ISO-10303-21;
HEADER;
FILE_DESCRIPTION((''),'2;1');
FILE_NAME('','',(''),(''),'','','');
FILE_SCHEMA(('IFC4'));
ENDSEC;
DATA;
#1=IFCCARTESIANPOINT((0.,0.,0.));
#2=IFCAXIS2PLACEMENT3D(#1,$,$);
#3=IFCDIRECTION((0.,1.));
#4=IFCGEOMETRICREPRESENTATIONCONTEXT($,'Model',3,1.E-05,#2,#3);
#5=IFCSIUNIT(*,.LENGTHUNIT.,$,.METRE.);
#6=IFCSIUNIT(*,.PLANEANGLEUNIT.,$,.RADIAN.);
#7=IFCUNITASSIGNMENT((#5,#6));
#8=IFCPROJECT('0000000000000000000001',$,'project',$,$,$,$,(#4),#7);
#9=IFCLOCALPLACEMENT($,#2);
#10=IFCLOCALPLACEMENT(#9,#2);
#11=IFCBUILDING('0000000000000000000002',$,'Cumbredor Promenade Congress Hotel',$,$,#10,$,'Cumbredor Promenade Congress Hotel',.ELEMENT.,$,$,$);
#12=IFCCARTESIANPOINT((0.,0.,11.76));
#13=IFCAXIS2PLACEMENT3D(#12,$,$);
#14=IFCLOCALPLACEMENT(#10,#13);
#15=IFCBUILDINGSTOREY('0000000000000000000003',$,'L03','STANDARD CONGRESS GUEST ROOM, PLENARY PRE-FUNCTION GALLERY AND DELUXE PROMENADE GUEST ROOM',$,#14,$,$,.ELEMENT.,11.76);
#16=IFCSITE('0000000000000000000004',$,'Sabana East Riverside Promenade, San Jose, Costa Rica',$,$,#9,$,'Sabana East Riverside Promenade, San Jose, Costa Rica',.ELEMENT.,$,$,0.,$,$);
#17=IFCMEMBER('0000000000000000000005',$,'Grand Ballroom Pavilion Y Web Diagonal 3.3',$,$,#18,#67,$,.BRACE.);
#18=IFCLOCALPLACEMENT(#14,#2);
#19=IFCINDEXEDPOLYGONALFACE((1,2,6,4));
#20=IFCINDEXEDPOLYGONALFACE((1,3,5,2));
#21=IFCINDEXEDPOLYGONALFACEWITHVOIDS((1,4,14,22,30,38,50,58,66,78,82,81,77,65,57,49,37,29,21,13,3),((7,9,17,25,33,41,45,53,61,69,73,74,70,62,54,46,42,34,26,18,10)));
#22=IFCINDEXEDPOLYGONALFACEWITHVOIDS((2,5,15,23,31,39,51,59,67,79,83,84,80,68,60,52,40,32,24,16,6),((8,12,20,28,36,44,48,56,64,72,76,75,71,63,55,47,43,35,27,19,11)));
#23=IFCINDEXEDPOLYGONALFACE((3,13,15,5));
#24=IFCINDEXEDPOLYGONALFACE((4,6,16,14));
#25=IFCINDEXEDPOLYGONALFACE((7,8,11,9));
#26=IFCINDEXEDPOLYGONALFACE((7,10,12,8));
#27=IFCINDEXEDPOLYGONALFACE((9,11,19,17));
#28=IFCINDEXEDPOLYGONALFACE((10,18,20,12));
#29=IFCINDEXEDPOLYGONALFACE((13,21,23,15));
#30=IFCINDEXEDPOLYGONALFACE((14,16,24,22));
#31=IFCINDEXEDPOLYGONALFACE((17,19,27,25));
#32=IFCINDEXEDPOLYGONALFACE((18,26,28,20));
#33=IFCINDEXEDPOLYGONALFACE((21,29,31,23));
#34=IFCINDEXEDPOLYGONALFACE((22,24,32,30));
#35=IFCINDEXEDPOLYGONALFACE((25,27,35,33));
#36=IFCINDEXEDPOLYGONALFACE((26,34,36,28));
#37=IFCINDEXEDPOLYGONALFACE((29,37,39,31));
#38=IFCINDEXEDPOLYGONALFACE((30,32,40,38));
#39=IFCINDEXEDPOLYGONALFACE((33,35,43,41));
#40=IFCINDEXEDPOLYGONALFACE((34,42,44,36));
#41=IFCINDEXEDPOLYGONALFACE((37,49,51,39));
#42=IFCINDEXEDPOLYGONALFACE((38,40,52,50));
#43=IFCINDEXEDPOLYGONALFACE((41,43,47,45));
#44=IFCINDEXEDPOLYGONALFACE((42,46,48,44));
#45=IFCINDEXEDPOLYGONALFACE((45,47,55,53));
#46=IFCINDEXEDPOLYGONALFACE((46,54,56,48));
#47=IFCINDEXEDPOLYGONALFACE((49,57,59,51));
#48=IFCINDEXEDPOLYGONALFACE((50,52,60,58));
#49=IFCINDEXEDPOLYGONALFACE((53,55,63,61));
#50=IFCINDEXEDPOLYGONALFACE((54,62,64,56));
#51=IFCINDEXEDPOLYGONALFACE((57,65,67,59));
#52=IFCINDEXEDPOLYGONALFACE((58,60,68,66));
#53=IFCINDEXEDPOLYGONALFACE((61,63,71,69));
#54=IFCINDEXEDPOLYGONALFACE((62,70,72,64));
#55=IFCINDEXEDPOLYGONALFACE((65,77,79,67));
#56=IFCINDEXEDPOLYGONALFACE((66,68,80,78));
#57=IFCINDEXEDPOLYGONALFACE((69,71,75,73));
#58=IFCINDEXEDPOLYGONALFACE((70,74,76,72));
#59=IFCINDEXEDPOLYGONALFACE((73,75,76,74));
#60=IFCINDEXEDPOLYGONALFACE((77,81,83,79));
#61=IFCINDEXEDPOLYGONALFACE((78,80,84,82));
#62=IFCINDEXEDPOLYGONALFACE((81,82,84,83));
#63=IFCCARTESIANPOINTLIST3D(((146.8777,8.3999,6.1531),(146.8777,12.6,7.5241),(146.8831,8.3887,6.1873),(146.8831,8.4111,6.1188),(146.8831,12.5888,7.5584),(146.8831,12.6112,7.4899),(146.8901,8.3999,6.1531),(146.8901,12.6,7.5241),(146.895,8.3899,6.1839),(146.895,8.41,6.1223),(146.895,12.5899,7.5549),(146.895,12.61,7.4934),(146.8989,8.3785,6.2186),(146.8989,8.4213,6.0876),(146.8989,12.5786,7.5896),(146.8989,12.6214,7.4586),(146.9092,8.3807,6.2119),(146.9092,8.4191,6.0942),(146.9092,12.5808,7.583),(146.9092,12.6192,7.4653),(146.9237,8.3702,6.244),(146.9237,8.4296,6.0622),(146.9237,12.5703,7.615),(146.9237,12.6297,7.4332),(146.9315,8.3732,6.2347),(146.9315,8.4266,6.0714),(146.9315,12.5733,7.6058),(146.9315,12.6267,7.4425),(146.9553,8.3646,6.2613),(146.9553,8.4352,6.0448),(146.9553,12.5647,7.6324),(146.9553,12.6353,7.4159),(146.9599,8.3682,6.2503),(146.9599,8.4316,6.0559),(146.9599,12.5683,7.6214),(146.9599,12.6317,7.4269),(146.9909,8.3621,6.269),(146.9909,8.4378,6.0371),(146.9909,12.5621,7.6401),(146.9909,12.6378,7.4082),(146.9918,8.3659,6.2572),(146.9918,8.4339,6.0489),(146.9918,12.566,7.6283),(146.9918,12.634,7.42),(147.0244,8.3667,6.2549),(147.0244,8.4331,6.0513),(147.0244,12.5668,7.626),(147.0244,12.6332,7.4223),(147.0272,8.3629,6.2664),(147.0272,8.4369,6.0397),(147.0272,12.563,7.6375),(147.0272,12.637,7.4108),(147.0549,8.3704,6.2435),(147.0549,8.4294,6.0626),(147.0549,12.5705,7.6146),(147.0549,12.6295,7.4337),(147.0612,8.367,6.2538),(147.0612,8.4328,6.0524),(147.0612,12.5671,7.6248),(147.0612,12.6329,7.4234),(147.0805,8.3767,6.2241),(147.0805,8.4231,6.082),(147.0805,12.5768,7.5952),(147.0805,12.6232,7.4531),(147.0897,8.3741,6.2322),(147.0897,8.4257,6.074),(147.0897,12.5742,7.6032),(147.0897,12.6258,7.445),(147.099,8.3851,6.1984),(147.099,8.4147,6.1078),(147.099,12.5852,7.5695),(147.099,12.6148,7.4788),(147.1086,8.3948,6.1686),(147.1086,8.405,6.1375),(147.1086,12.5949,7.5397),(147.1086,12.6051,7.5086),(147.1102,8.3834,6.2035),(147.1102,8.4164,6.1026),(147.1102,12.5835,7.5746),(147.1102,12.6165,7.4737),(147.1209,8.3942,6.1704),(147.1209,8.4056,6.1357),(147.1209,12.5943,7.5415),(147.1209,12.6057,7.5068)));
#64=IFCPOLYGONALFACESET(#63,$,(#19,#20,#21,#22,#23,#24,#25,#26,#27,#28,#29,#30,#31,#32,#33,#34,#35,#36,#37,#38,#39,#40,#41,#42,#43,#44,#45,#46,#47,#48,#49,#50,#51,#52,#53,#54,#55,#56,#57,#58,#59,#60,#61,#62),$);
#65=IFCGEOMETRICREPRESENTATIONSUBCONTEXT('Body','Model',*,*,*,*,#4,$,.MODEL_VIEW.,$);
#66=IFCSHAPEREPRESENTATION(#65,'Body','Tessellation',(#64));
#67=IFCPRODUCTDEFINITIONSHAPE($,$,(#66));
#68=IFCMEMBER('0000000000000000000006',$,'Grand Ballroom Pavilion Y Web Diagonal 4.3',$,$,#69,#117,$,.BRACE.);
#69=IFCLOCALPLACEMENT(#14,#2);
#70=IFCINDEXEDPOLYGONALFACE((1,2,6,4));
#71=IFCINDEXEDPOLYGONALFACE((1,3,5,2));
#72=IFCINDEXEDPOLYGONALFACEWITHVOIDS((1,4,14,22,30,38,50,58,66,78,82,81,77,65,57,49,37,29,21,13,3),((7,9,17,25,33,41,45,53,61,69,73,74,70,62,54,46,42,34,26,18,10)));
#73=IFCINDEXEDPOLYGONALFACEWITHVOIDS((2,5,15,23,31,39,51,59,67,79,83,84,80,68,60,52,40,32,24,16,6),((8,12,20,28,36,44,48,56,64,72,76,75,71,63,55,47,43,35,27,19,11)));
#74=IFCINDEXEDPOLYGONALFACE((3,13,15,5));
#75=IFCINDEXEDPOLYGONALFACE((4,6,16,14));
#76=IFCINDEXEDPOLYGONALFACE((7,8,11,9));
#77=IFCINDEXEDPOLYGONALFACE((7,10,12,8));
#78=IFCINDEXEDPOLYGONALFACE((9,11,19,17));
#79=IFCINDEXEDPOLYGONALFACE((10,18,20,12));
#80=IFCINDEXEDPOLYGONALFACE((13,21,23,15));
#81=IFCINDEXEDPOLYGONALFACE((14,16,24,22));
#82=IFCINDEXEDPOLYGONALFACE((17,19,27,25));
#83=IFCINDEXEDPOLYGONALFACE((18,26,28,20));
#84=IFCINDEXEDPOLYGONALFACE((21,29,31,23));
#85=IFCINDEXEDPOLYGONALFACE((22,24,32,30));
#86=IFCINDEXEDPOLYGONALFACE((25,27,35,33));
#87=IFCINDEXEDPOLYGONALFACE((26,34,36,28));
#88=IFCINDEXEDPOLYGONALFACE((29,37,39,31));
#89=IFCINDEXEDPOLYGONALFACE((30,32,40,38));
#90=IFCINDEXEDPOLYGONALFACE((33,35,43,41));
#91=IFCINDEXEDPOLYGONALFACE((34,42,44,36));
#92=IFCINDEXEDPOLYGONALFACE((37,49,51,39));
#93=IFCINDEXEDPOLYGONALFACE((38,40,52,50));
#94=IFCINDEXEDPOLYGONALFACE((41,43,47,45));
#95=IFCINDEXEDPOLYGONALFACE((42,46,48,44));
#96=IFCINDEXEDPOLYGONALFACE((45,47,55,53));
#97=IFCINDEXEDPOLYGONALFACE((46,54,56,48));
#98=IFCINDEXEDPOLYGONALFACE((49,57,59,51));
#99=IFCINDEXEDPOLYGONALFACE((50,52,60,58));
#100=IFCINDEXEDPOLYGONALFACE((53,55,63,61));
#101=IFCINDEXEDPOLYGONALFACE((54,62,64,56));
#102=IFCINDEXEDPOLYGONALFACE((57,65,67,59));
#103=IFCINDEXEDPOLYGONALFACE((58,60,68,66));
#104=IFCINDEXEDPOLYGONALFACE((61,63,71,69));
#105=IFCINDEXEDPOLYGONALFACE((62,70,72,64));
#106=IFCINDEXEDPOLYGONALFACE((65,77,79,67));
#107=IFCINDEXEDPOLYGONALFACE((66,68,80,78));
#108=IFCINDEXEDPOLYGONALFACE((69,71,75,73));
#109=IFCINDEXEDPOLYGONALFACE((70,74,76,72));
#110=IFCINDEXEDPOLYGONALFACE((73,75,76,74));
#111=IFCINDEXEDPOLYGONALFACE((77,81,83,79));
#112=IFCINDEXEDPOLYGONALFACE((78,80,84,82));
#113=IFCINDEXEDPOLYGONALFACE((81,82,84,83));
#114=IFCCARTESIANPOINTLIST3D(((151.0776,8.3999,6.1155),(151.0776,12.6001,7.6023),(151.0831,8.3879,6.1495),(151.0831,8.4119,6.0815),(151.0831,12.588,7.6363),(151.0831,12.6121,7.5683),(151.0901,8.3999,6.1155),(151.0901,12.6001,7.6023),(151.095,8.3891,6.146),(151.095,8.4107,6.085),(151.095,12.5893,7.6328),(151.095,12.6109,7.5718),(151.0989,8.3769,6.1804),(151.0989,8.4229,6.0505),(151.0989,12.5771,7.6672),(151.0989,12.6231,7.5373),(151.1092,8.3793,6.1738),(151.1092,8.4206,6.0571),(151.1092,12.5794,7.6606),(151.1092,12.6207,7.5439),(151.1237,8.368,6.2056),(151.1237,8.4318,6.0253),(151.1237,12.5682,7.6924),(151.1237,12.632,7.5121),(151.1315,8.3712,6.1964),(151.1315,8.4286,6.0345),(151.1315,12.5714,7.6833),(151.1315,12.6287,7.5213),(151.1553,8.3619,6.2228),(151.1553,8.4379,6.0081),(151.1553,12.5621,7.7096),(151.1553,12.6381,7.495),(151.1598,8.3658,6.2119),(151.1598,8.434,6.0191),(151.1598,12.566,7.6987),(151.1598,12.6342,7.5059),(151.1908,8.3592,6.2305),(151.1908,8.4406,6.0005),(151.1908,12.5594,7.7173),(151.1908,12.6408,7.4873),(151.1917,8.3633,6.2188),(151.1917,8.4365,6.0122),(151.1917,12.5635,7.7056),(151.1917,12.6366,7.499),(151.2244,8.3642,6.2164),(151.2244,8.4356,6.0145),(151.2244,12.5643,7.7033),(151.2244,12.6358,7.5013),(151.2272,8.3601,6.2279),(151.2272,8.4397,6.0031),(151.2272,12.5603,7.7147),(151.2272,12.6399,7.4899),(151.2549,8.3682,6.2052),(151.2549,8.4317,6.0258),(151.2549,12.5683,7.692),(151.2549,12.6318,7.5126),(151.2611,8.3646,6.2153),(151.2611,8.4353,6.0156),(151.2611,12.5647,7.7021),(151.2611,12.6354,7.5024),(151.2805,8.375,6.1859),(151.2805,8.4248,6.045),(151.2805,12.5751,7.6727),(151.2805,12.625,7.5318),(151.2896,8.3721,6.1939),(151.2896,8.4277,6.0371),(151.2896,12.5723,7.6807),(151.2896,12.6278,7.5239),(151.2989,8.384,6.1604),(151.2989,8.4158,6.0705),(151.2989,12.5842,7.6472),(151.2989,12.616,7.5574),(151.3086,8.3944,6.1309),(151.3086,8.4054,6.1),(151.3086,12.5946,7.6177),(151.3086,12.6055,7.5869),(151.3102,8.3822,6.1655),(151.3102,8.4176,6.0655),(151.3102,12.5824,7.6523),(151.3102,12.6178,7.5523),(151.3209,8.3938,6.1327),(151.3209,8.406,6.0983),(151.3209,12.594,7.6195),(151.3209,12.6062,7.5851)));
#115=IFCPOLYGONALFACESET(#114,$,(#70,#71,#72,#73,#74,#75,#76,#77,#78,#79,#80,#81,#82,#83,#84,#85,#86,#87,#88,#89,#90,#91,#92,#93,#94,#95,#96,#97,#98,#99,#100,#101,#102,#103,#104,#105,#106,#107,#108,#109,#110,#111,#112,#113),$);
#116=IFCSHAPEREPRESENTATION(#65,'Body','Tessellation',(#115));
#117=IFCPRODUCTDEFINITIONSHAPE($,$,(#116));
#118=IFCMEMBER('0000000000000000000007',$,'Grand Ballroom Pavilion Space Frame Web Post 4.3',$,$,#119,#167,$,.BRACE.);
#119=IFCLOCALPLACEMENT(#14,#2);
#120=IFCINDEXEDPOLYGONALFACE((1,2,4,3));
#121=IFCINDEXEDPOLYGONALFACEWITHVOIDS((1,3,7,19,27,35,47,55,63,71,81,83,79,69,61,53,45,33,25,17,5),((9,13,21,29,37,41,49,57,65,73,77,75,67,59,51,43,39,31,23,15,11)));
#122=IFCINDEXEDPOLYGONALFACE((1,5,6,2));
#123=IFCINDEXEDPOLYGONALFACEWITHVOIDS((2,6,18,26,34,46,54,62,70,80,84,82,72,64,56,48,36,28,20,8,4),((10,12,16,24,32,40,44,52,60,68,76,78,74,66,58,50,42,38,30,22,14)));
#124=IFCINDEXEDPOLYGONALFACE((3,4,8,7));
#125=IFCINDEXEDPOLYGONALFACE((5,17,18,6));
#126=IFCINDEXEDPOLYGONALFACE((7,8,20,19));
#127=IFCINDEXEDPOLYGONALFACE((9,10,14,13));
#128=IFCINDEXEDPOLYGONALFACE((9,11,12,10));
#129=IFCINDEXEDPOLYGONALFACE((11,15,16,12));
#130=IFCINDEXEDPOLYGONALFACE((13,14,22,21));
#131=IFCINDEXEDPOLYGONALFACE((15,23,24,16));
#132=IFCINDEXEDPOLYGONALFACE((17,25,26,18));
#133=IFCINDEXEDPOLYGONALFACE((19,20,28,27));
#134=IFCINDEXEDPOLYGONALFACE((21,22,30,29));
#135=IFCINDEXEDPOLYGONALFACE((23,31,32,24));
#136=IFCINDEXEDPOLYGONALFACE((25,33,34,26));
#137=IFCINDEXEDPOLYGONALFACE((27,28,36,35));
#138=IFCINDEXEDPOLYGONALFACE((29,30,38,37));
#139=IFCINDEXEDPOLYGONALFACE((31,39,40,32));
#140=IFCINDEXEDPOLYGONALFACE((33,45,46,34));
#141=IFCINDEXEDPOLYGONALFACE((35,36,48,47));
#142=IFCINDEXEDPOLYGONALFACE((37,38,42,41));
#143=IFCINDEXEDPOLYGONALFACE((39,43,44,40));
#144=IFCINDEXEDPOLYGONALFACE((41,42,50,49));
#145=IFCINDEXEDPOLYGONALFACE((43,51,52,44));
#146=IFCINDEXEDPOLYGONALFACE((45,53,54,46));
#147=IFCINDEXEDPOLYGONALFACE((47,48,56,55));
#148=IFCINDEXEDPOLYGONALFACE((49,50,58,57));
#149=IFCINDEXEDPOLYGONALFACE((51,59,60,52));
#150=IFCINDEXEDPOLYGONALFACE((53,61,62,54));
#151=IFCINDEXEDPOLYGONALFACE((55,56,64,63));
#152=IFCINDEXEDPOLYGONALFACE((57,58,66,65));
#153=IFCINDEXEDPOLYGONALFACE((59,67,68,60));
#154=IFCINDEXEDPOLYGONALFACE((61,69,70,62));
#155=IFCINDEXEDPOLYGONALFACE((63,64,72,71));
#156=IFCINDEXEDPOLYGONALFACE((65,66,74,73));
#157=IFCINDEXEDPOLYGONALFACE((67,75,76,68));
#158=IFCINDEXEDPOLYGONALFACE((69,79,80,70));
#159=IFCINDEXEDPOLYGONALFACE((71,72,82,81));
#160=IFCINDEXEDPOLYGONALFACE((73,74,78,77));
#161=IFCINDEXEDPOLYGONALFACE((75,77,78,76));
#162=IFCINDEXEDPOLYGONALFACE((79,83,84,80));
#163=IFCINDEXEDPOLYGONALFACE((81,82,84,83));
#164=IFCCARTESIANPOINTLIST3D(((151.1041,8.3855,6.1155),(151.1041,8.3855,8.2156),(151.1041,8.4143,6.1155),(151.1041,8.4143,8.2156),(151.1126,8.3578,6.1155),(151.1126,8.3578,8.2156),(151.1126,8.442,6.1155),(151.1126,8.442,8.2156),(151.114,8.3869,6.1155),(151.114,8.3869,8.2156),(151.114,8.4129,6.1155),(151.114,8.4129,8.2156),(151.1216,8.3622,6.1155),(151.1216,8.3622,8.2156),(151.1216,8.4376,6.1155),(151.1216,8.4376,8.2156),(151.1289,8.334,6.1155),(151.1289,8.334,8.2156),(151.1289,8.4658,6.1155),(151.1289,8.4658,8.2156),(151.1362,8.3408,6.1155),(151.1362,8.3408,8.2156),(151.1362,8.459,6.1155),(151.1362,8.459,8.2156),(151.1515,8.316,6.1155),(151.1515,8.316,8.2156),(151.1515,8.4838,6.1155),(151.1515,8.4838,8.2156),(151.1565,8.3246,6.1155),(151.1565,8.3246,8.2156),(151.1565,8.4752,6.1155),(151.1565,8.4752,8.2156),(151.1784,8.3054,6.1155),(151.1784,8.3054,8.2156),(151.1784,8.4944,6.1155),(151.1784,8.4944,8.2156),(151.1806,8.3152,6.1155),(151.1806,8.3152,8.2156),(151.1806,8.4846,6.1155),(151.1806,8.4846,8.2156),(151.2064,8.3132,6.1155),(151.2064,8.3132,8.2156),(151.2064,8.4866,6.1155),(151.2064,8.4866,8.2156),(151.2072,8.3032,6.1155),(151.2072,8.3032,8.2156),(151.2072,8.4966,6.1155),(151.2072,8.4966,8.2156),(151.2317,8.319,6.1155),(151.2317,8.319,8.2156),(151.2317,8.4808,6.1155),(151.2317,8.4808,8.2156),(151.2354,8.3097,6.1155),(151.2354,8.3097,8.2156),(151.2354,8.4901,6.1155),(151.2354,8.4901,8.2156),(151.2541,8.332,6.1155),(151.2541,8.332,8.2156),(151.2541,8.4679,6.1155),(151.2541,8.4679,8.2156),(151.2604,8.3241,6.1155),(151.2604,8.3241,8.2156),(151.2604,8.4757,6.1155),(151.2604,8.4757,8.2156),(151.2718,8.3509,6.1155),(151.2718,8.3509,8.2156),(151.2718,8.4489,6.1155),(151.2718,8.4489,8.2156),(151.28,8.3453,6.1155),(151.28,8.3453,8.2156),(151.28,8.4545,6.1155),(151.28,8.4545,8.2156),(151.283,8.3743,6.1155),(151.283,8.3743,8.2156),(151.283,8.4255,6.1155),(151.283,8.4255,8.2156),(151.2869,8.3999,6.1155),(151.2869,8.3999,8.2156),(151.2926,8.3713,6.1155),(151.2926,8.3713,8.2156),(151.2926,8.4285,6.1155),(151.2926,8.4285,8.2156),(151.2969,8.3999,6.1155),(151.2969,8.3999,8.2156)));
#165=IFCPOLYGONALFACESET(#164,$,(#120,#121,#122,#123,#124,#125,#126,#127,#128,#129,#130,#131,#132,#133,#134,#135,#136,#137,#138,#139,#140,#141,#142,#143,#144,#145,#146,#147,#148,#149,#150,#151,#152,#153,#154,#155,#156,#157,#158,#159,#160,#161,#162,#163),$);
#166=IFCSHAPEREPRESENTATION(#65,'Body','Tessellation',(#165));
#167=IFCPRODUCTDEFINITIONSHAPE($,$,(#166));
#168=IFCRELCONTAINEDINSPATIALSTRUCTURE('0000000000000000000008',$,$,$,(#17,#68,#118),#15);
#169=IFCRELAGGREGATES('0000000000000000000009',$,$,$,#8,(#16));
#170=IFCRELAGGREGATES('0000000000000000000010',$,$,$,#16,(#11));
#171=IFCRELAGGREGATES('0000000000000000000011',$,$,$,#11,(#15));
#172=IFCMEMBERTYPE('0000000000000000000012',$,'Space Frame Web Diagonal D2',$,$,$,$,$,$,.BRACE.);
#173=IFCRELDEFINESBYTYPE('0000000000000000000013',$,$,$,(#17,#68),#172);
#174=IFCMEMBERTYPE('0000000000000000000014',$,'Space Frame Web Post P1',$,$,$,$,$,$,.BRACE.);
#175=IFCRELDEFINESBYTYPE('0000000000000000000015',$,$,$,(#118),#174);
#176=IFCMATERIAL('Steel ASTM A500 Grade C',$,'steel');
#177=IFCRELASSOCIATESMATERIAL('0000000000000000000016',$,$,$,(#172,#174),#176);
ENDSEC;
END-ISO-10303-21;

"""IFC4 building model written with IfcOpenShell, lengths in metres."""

from ifc_helpers import new_model, si_unit, direction, frame, origin, origin_2d, place, context, subcontext, project, spatial, hollow_circle, extrude, material, material_profile, profile_set, type_object, element, save


model = new_model("IFC4")

# Units and contexts
model_context = context("Model", 3, precision=1e-05, world=origin(), true_north=direction((0.0, 1.0)))
body_context = subcontext(model_context, "Body", "Model", "MODEL_VIEW")
ifc_project = project(units=[si_unit("LENGTHUNIT", "METRE"), si_unit("PLANEANGLEUNIT", "RADIAN")], contexts=[model_context])

# Site, building, storey
site_placement = place(None, origin())
site = spatial("IfcSite", under=ifc_project, at=site_placement, Name="Sabana East Riverside Promenade, San Jose, Costa Rica", LongName="Sabana East Riverside Promenade, San Jose, Costa Rica", CompositionType="ELEMENT", RefElevation=0.0)
building_placement = place(site_placement, origin())
building = spatial("IfcBuilding", under=site, at=building_placement, Name="Cumbredor Promenade Congress Hotel", LongName="Cumbredor Promenade Congress Hotel", CompositionType="ELEMENT")
storey_placement = place(building_placement, frame((0.0, 0.0, 11.76)))
storey = spatial("IfcBuildingStorey", under=building, at=storey_placement, Name="L03", Description="STANDARD CONGRESS GUEST ROOM, PLENARY PRE-FUNCTION GALLERY AND DELUXE PROMENADE GUEST ROOM", CompositionType="ELEMENT", Elevation=11.76)

# Shared definitions
ifc_material_1 = material(Name="Steel ASTM A500 Grade C", Category="steel")

# Members
ifc_material_profile_1 = material_profile(ifc_material_1, hollow_circle(Radius=0.1223, WallThickness=0.0125, at=origin_2d()), Name="CHS 244.5x12.5")
ifc_profile_set_1 = profile_set([ifc_material_profile_1], Name="Steel ASTM A500 Grade C")
member_type_1 = type_object("IfcMemberType", Name="Space Frame Web Diagonal D2", PredefinedType="BRACE", material=ifc_profile_set_1)
member_1_placement = place(storey_placement, frame((147.0, 8.3999, 6.1531), z_axis=(0.0, 0.950632, 0.31032), x_axis=(-1.0, 0.0, 0.0)))
element("IfcMember", 1, at=member_1_placement, inside=storey, type_object=member_type_1, Name="Grand Ballroom Pavilion Y Web Diagonal 3.3", PredefinedType="BRACE", context=body_context, shape_type="SweptSolid", body=[
    extrude(hollow_circle(Radius=0.1223, WallThickness=0.0125, at=origin_2d()), origin(), (0.0, 0.0, 1.0), 4.4182),
])
member_2_placement = place(storey_placement, frame((151.2, 8.3999, 6.1155), z_axis=(0.0, 0.94268, 0.333697), x_axis=(-1.0, 0.0, 0.0)))
element("IfcMember", 2, at=member_2_placement, inside=storey, type_object=member_type_1, Name="Grand Ballroom Pavilion Y Web Diagonal 4.3", PredefinedType="BRACE", context=body_context, shape_type="SweptSolid", body=[
    extrude(hollow_circle(Radius=0.1223, WallThickness=0.0125, at=origin_2d()), origin(), (0.0, 0.0, 1.0), 4.4556),
])
ifc_material_profile_2 = material_profile(ifc_material_1, hollow_circle(Radius=0.0969, WallThickness=0.01, at=origin_2d()), Name="CHS 193.7x10")
ifc_profile_set_2 = profile_set([ifc_material_profile_2], Name="Steel ASTM A500 Grade C")
member_type_2 = type_object("IfcMemberType", Name="Space Frame Web Post P1", PredefinedType="BRACE", material=ifc_profile_set_2)
member_3_placement = place(storey_placement, frame((151.2, 8.3999, 6.1155), z_axis=(0.0, 0.0, 1.0), x_axis=(1.0, 0.0, 0.0)))
element("IfcMember", 3, at=member_3_placement, inside=storey, type_object=member_type_2, Name="Grand Ballroom Pavilion Space Frame Web Post 4.3", PredefinedType="BRACE", context=body_context, shape_type="SweptSolid", body=[
    extrude(hollow_circle(Radius=0.0969, WallThickness=0.01, at=origin_2d()), origin(), (0.0, 0.0, 1.0), 2.1001),
])

save(model, "model.ifc")
